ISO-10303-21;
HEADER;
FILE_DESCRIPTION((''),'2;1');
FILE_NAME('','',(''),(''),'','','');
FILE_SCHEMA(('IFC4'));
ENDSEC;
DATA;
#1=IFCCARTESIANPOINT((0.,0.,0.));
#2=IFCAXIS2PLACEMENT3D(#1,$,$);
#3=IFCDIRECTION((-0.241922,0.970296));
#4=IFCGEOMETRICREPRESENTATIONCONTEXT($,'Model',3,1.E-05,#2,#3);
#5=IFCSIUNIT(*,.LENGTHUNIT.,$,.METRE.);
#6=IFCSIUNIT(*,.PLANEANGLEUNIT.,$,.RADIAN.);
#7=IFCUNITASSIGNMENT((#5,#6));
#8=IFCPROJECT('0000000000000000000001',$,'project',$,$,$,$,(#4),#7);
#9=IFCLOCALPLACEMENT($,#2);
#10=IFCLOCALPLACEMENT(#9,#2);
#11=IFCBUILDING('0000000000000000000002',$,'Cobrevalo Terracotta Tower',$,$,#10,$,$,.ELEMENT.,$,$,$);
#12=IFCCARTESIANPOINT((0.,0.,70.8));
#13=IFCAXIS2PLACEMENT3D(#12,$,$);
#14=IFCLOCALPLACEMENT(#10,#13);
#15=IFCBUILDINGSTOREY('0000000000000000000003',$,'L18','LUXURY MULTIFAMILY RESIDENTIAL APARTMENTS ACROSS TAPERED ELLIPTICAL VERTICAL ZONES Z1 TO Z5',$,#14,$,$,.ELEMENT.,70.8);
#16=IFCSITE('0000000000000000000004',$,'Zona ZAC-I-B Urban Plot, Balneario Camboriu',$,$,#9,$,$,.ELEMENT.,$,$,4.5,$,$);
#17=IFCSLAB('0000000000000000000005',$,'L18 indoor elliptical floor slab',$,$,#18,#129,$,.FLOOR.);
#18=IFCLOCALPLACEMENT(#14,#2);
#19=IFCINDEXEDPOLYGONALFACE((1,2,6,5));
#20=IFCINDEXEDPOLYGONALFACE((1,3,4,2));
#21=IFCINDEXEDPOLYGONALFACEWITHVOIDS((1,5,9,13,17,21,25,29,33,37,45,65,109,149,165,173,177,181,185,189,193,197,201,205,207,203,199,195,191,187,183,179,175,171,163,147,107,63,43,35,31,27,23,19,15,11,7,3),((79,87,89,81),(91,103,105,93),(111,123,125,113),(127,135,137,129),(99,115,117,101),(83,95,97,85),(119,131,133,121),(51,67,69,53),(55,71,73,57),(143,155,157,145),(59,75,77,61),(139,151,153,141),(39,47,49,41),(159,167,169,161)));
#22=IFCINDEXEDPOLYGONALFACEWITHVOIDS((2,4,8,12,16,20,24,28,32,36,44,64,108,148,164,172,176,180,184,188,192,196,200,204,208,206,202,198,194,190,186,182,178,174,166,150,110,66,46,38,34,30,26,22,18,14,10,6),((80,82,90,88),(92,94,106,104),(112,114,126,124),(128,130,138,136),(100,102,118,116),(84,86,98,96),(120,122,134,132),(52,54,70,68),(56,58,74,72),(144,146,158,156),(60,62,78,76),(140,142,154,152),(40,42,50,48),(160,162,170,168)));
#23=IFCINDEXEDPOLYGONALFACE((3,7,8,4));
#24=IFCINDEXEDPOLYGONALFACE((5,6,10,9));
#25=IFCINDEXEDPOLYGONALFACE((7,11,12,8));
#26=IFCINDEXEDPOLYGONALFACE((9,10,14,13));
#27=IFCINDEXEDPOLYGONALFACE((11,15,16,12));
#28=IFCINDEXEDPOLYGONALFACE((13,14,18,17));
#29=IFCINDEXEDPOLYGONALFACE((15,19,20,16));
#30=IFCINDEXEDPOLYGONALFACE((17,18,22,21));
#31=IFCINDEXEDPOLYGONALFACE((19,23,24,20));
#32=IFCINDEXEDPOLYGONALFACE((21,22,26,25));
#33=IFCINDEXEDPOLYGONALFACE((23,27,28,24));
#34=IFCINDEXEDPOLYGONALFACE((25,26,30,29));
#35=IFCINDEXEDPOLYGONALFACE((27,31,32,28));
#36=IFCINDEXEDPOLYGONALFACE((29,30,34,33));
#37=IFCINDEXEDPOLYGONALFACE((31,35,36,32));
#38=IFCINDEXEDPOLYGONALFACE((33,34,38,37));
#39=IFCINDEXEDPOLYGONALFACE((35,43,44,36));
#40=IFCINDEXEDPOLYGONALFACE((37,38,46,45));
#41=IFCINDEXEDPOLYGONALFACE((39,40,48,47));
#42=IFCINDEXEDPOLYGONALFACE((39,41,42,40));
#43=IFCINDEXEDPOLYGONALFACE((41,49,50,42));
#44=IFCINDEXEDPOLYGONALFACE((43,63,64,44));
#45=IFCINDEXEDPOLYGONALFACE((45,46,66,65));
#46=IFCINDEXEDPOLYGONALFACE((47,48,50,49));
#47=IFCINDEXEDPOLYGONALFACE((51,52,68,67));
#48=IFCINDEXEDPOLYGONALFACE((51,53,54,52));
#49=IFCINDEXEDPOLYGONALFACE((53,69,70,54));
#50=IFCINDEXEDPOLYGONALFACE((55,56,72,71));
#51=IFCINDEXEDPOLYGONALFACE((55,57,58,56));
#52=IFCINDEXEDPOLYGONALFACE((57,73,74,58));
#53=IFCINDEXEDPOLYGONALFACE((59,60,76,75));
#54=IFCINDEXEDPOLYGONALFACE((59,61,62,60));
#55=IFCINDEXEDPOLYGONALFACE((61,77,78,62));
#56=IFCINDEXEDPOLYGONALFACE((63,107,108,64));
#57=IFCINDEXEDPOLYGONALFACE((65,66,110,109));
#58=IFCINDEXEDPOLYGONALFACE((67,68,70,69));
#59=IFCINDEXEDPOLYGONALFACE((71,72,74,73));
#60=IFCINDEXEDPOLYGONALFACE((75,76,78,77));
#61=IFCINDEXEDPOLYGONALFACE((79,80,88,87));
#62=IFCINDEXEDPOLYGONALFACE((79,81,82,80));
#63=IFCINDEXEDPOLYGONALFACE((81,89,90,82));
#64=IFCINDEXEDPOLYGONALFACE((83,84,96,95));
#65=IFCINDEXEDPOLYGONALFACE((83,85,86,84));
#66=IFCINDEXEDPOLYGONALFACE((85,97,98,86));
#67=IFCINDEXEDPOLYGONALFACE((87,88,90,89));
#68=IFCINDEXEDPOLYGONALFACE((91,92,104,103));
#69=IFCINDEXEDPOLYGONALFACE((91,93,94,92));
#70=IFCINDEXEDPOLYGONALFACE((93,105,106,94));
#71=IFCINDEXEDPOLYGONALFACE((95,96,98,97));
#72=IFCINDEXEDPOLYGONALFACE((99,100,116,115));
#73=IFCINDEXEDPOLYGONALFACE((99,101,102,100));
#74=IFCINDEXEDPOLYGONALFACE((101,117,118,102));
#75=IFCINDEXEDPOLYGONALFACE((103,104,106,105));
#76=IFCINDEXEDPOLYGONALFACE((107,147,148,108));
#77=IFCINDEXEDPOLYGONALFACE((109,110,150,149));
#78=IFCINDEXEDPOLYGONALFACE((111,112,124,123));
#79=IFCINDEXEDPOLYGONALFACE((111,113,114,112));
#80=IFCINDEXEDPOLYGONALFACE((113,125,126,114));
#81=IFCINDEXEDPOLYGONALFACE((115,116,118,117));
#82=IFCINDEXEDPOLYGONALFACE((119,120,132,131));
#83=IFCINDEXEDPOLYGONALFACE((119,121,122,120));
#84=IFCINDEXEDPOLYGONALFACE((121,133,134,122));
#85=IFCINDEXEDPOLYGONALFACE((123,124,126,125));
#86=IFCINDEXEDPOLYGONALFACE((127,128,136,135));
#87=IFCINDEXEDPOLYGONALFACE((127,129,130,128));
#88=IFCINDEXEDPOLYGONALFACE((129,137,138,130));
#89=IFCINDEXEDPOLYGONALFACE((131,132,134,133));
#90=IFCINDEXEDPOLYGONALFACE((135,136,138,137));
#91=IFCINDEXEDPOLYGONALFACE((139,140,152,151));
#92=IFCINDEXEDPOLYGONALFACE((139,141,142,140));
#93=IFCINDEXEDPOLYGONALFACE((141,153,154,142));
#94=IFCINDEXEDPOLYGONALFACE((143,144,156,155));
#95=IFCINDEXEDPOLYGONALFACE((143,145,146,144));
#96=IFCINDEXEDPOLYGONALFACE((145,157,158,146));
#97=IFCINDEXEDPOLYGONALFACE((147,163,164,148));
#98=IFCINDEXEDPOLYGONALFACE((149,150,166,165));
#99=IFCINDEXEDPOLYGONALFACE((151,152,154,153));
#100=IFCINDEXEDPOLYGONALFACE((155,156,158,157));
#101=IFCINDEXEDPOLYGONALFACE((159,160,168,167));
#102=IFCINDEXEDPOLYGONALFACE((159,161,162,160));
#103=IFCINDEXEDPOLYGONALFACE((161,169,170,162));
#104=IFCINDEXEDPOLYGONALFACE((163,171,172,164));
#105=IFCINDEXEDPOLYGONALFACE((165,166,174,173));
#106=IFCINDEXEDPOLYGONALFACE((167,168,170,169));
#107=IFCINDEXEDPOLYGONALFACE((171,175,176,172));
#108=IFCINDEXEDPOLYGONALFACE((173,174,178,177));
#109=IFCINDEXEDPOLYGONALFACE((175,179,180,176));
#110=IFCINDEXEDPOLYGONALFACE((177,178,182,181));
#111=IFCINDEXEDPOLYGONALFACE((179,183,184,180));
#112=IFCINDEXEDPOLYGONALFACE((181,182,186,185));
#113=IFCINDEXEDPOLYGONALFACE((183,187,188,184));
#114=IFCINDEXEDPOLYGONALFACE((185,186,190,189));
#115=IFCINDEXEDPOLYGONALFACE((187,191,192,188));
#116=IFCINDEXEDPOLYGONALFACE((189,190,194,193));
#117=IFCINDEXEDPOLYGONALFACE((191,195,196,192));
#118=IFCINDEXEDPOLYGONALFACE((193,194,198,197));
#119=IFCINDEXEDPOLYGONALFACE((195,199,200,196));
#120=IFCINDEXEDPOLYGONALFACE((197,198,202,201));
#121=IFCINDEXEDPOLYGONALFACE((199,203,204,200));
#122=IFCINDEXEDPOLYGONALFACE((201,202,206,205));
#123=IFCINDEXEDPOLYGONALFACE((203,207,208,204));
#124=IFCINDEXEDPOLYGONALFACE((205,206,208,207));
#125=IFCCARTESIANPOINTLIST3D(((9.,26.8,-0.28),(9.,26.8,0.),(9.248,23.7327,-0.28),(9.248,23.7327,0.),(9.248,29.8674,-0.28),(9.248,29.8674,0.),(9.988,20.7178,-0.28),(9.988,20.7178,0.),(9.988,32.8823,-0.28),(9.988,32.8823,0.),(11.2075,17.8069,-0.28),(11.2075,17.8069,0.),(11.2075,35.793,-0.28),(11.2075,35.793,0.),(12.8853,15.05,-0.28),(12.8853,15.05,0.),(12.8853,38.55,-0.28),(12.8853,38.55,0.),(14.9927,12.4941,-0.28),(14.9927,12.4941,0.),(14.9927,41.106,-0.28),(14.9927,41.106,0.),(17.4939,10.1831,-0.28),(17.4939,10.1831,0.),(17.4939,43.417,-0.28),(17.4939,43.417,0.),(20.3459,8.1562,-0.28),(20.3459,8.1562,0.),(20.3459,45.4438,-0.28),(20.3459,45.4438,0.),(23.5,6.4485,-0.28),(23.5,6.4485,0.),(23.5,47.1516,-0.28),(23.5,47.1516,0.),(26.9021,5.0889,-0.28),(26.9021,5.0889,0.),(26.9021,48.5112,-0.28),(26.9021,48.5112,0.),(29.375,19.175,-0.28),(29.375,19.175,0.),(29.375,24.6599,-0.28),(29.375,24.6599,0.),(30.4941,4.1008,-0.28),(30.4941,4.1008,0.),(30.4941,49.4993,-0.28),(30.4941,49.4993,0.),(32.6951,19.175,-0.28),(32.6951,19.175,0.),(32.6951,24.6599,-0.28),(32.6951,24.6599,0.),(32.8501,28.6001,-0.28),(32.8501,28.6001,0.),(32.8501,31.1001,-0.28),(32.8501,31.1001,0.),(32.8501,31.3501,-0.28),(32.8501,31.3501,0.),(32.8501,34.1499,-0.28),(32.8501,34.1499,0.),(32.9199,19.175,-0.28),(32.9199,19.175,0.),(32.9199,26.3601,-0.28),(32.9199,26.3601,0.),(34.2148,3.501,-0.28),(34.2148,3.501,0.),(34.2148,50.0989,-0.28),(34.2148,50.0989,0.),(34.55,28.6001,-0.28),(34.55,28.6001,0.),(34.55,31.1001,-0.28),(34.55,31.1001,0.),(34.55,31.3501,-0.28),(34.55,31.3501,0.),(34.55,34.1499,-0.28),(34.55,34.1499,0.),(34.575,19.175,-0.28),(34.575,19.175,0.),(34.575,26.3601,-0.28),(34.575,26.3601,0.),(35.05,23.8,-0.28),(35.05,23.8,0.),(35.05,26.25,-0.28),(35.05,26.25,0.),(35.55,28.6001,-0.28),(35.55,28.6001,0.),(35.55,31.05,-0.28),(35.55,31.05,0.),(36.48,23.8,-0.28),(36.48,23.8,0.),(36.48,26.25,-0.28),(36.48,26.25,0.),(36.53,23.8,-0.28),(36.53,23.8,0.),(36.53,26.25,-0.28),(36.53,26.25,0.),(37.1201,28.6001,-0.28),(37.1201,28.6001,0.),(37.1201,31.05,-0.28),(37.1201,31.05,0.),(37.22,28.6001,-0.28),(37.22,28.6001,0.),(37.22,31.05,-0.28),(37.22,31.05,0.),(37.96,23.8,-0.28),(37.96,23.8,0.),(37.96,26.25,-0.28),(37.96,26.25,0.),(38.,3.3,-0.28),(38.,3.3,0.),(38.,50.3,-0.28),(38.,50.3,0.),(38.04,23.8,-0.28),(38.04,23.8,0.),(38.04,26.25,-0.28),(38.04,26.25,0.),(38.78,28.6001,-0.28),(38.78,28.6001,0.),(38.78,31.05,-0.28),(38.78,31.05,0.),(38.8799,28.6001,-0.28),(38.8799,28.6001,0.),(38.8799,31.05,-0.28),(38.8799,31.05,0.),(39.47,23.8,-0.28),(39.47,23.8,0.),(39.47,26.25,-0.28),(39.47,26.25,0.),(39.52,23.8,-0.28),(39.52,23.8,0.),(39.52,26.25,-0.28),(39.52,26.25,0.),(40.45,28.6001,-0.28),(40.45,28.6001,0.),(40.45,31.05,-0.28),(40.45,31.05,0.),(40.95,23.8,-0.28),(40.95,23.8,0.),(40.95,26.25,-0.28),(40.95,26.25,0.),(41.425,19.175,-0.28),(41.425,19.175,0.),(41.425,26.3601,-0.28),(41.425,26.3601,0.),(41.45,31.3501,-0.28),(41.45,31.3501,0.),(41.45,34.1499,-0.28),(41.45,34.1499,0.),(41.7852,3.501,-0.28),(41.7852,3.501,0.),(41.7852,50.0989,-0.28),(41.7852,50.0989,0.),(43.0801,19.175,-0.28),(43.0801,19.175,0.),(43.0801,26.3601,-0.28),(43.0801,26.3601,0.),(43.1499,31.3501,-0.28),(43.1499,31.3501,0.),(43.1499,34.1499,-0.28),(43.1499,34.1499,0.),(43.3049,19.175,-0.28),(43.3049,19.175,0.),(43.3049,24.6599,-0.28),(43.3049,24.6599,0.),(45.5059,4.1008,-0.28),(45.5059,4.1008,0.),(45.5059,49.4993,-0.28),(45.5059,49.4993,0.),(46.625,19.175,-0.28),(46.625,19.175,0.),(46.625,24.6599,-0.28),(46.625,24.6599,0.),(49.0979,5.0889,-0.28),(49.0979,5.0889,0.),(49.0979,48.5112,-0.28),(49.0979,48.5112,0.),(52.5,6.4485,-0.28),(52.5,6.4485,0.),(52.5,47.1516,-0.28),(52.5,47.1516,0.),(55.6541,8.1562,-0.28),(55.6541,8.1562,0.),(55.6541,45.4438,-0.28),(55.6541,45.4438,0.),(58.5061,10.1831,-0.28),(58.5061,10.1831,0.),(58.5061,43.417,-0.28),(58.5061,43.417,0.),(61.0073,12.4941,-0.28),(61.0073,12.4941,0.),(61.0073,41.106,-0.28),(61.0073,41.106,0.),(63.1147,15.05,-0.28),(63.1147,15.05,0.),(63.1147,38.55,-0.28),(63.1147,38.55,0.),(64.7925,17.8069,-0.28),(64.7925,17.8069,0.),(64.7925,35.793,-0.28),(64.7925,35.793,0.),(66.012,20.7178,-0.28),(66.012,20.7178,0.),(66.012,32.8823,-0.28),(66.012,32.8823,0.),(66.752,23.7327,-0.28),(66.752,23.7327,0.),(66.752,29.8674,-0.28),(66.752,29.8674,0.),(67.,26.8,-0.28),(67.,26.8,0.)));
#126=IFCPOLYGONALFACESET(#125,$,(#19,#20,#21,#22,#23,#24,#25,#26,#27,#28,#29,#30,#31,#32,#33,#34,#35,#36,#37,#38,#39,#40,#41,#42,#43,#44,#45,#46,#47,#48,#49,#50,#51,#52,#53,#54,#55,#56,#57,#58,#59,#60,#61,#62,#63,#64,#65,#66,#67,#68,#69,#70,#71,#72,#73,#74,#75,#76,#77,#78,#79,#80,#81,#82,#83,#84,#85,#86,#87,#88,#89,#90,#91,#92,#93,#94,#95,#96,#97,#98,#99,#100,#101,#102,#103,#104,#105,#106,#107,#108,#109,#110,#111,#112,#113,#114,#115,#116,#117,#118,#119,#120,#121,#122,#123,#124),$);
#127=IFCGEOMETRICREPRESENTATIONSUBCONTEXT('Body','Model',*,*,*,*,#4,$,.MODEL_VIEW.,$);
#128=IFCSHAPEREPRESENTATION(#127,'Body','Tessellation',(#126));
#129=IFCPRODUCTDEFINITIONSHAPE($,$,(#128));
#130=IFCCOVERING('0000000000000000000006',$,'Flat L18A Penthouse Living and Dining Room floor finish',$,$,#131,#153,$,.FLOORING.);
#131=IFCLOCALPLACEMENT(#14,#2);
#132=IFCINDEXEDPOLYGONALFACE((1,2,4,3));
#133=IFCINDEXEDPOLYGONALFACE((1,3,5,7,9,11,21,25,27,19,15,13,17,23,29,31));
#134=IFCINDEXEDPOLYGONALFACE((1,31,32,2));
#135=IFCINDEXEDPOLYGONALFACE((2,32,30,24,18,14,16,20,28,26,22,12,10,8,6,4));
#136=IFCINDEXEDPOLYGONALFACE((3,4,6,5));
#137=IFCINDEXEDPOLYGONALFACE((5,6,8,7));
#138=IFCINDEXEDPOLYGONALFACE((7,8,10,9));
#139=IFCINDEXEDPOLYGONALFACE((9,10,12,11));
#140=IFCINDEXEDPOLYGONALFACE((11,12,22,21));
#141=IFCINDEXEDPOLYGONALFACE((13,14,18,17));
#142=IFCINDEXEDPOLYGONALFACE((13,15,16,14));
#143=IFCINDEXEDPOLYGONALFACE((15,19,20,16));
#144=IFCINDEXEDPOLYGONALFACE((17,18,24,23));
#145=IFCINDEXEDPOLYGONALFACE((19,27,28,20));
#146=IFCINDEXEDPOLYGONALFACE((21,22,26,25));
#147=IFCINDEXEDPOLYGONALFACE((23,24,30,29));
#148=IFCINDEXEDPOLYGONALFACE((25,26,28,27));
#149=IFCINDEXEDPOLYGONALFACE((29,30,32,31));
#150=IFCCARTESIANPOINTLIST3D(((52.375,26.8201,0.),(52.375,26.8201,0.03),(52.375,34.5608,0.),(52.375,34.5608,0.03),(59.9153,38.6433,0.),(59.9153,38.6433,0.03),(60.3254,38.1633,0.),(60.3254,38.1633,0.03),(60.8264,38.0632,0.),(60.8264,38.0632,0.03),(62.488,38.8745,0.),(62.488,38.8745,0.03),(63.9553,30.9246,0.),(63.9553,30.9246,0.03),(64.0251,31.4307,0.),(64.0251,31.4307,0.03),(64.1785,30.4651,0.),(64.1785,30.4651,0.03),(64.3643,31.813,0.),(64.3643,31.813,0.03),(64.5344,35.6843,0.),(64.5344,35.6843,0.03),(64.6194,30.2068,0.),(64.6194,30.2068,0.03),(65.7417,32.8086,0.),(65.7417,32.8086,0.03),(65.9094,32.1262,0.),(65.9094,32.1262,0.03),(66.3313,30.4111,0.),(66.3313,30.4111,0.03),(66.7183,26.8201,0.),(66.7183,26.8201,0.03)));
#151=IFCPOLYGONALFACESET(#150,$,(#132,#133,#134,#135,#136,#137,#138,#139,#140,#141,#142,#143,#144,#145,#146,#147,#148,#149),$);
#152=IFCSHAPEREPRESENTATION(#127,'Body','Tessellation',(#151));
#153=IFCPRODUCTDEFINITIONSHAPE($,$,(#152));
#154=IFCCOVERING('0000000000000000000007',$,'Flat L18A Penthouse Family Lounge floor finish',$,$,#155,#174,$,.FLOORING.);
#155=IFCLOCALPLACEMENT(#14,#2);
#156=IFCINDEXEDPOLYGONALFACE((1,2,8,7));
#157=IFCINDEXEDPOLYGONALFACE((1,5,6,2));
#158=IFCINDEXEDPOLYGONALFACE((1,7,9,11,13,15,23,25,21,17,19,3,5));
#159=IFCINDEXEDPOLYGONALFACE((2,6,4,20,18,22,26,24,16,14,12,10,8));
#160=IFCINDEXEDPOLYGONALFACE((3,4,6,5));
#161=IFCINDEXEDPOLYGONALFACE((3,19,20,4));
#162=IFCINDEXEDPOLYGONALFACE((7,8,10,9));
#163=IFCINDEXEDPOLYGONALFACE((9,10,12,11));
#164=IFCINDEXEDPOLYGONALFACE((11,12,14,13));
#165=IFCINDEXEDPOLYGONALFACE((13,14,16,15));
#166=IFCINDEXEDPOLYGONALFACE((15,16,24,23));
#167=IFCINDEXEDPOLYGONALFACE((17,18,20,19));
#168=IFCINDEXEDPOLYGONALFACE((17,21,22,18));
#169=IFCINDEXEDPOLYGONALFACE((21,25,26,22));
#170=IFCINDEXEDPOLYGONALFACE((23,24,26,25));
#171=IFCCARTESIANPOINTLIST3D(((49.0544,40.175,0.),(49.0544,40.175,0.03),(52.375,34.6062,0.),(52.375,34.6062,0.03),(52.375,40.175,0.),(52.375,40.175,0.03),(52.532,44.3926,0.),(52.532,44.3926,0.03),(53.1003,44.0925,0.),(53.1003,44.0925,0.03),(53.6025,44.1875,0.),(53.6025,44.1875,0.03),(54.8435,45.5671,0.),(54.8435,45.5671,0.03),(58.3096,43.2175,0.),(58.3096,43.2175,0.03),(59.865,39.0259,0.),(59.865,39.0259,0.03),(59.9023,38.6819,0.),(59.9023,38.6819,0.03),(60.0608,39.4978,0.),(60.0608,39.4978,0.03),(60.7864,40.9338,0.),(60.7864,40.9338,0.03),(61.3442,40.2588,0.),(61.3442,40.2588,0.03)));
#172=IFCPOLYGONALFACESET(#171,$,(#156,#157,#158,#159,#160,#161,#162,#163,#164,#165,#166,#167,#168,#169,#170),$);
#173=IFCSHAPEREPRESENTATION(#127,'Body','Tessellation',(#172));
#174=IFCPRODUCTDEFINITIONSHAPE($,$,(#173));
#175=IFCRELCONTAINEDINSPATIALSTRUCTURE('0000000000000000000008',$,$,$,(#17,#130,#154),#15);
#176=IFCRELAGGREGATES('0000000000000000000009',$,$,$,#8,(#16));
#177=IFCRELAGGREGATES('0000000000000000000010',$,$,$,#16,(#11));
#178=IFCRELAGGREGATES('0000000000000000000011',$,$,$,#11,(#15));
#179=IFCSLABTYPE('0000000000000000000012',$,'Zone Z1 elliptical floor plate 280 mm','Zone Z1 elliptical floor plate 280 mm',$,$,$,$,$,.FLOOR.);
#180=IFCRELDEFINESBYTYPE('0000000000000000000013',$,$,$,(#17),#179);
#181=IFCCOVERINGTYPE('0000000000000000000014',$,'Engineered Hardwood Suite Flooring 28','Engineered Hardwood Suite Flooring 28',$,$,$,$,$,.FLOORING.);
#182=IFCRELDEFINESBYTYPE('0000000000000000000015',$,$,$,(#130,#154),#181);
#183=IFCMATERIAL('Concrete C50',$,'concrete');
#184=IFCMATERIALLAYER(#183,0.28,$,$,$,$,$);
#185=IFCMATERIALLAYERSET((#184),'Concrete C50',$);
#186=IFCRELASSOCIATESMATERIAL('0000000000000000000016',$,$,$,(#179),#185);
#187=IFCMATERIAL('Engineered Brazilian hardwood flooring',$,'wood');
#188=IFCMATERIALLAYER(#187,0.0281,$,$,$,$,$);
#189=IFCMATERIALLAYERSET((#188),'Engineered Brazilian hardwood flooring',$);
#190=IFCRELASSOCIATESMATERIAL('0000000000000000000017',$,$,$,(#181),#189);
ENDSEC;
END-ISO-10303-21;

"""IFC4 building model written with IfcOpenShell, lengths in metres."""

from ifc_helpers import new_model, si_unit, direction, frame, origin, place, context, subcontext, project, spatial, polyline, outline, extrude, material, layer, layer_set, type_object, element, save


model = new_model("IFC4")

# Units and contexts
model_context = context("Model", 3, precision=1e-05, world=origin(), true_north=direction((-0.241922, 0.970296)))
body_context = subcontext(model_context, "Body", "Model", "MODEL_VIEW")
ifc_project = project(units=[si_unit("LENGTHUNIT", "METRE"), si_unit("PLANEANGLEUNIT", "RADIAN")], contexts=[model_context])

# Site, building, storey
site_placement = place(None, origin())
site = spatial("IfcSite", under=ifc_project, at=site_placement, Name="Zona ZAC-I-B Urban Plot, Balneario Camboriu", CompositionType="ELEMENT", RefElevation=4.5)
building_placement = place(site_placement, origin())
building = spatial("IfcBuilding", under=site, at=building_placement, Name="Cobrevalo Terracotta Tower", CompositionType="ELEMENT")
storey_placement = place(building_placement, frame((0.0, 0.0, 70.8)))
storey = spatial("IfcBuildingStorey", under=building, at=storey_placement, Name="L18", Description="LUXURY MULTIFAMILY RESIDENTIAL APARTMENTS ACROSS TAPERED ELLIPTICAL VERTICAL ZONES Z1 TO Z5", CompositionType="ELEMENT", Elevation=70.8)

# Shared definitions
ifc_material_1 = material(Name="Concrete C50", Category="concrete")

# Slab
ifc_layer_1 = layer(ifc_material_1, 0.28)
ifc_layer_set_1 = layer_set([ifc_layer_1], Name="Concrete C50")
slab_type_1 = type_object("IfcSlabType", Name="Zone Z1 elliptical floor plate 280 mm", Description="Zone Z1 elliptical floor plate 280 mm", PredefinedType="FLOOR", material=ifc_layer_set_1)
slab_1_placement = place(storey_placement, frame((0.0, 0.0, -0.28)))
element("IfcSlab", 1, at=slab_1_placement, inside=storey, type_object=slab_type_1, Name="L18 indoor elliptical floor slab", PredefinedType="FLOOR", context=body_context, shape_type="SweptSolid", body=[
    extrude(outline(polyline([(66.752, 23.7327), (66.012, 20.7178), (64.7925, 17.8069), (63.1147, 15.05), (61.0073, 12.4941), (58.5061, 10.1831), (55.6541, 8.1562), (52.5, 6.4485), (49.0979, 5.0889), (45.5059, 4.1008), (41.7852, 3.501), (38.0, 3.3), (34.2148, 3.501), (30.4941, 4.1008), (26.9021, 5.0889), (23.5, 6.4485), (20.3459, 8.1562), (17.4939, 10.1831), (14.9927, 12.4941), (12.8853, 15.05), (11.2075, 17.8069), (9.988, 20.7178), (9.248, 23.7327), (9.0, 26.8), (9.248, 29.8674), (9.988, 32.8823), (11.2075, 35.793), (12.8853, 38.55), (14.9927, 41.106), (17.4939, 43.417), (20.3459, 45.4438), (23.5, 47.1516), (26.9021, 48.5112), (30.4941, 49.4993), (34.2148, 50.0989), (38.0, 50.3), (41.7852, 50.0989), (45.5059, 49.4993), (49.0979, 48.5112), (52.5, 47.1516), (55.6541, 45.4438), (58.5061, 43.417), (61.0073, 41.106), (63.1147, 38.55), (64.7925, 35.793), (66.012, 32.8823), (66.752, 29.8674), (67.0, 26.8), (66.752, 23.7327)]), holes=[polyline([(32.6951, 19.175), (32.6951, 24.6599), (29.375, 24.6599), (29.375, 19.175), (32.6951, 19.175)]), polyline([(34.575, 19.175), (34.575, 26.3601), (32.9199, 26.3601), (32.9199, 19.175), (34.575, 19.175)]), polyline([(36.48, 23.8), (36.48, 26.25), (35.05, 26.25), (35.05, 23.8), (36.48, 23.8)]), polyline([(37.96, 23.8), (37.96, 26.25), (36.53, 26.25), (36.53, 23.8), (37.96, 23.8)]), polyline([(37.1201, 28.6001), (37.1201, 31.05), (35.55, 31.05), (35.55, 28.6001), (37.1201, 28.6001)]), polyline([(34.55, 28.6001), (34.55, 31.1001), (32.8501, 31.1001), (32.8501, 28.6001), (34.55, 28.6001)]), polyline([(34.55, 31.3501), (34.55, 34.1499), (32.8501, 34.1499), (32.8501, 31.3501), (34.55, 31.3501)]), polyline([(46.625, 19.175), (46.625, 24.6599), (43.3049, 24.6599), (43.3049, 19.175), (46.625, 19.175)]), polyline([(43.0801, 19.175), (43.0801, 26.3601), (41.425, 26.3601), (41.425, 19.175), (43.0801, 19.175)]), polyline([(39.47, 23.8), (39.47, 26.25), (38.04, 26.25), (38.04, 23.8), (39.47, 23.8)]), polyline([(40.95, 23.8), (40.95, 26.25), (39.52, 26.25), (39.52, 23.8), (40.95, 23.8)]), polyline([(38.78, 28.6001), (38.78, 31.05), (37.22, 31.05), (37.22, 28.6001), (38.78, 28.6001)]), polyline([(40.45, 28.6001), (40.45, 31.05), (38.8799, 31.05), (38.8799, 28.6001), (40.45, 28.6001)]), polyline([(43.1499, 31.3501), (43.1499, 34.1499), (41.45, 34.1499), (41.45, 31.3501), (43.1499, 31.3501)])]), origin(), (0.0, 0.0, 1.0), 0.28),
])

# Coverings
ifc_material_2 = material(Name="Engineered Brazilian hardwood flooring", Category="wood")
ifc_layer_2 = layer(ifc_material_2, 0.0281)
ifc_layer_set_2 = layer_set([ifc_layer_2], Name="Engineered Brazilian hardwood flooring")
covering_type_1 = type_object("IfcCoveringType", Name="Engineered Hardwood Suite Flooring 28", Description="Engineered Hardwood Suite Flooring 28", PredefinedType="FLOORING", material=ifc_layer_set_2)
covering_1_placement = place(storey_placement, origin())
element("IfcCovering", 2, at=covering_1_placement, inside=storey, type_object=covering_type_1, Name="Flat L18A Penthouse Living and Dining Room floor finish", PredefinedType="FLOORING", context=body_context, shape_type="SweptSolid", body=[
    extrude(outline(polyline([(64.5344, 35.6843), (65.7417, 32.8086), (65.9094, 32.1262), (64.3643, 31.813), (64.0251, 31.4307), (63.9553, 30.9246), (64.1785, 30.4651), (64.6194, 30.2068), (66.3313, 30.4111), (66.7183, 26.8201), (52.375, 26.8201), (52.375, 34.5608), (59.9153, 38.6433), (60.3254, 38.1633), (60.8264, 38.0632), (62.488, 38.8745), (64.5344, 35.6843)])), origin(), (0.0, 0.0, 1.0), 0.03),
])
covering_2_placement = place(storey_placement, origin())
element("IfcCovering", 3, at=covering_2_placement, inside=storey, type_object=covering_type_1, Name="Flat L18A Penthouse Family Lounge floor finish", PredefinedType="FLOORING", context=body_context, shape_type="SweptSolid", body=[
    extrude(outline(polyline([(58.3096, 43.2175), (60.7864, 40.9338), (61.3442, 40.2588), (60.0608, 39.4978), (59.865, 39.0259), (59.9023, 38.6819), (52.375, 34.6062), (52.375, 40.175), (49.0544, 40.175), (52.532, 44.3926), (53.1003, 44.0925), (53.6025, 44.1875), (54.8435, 45.5671), (58.3096, 43.2175)])), origin(), (0.0, 0.0, 1.0), 0.03),
])

save(model, "model.ifc")
